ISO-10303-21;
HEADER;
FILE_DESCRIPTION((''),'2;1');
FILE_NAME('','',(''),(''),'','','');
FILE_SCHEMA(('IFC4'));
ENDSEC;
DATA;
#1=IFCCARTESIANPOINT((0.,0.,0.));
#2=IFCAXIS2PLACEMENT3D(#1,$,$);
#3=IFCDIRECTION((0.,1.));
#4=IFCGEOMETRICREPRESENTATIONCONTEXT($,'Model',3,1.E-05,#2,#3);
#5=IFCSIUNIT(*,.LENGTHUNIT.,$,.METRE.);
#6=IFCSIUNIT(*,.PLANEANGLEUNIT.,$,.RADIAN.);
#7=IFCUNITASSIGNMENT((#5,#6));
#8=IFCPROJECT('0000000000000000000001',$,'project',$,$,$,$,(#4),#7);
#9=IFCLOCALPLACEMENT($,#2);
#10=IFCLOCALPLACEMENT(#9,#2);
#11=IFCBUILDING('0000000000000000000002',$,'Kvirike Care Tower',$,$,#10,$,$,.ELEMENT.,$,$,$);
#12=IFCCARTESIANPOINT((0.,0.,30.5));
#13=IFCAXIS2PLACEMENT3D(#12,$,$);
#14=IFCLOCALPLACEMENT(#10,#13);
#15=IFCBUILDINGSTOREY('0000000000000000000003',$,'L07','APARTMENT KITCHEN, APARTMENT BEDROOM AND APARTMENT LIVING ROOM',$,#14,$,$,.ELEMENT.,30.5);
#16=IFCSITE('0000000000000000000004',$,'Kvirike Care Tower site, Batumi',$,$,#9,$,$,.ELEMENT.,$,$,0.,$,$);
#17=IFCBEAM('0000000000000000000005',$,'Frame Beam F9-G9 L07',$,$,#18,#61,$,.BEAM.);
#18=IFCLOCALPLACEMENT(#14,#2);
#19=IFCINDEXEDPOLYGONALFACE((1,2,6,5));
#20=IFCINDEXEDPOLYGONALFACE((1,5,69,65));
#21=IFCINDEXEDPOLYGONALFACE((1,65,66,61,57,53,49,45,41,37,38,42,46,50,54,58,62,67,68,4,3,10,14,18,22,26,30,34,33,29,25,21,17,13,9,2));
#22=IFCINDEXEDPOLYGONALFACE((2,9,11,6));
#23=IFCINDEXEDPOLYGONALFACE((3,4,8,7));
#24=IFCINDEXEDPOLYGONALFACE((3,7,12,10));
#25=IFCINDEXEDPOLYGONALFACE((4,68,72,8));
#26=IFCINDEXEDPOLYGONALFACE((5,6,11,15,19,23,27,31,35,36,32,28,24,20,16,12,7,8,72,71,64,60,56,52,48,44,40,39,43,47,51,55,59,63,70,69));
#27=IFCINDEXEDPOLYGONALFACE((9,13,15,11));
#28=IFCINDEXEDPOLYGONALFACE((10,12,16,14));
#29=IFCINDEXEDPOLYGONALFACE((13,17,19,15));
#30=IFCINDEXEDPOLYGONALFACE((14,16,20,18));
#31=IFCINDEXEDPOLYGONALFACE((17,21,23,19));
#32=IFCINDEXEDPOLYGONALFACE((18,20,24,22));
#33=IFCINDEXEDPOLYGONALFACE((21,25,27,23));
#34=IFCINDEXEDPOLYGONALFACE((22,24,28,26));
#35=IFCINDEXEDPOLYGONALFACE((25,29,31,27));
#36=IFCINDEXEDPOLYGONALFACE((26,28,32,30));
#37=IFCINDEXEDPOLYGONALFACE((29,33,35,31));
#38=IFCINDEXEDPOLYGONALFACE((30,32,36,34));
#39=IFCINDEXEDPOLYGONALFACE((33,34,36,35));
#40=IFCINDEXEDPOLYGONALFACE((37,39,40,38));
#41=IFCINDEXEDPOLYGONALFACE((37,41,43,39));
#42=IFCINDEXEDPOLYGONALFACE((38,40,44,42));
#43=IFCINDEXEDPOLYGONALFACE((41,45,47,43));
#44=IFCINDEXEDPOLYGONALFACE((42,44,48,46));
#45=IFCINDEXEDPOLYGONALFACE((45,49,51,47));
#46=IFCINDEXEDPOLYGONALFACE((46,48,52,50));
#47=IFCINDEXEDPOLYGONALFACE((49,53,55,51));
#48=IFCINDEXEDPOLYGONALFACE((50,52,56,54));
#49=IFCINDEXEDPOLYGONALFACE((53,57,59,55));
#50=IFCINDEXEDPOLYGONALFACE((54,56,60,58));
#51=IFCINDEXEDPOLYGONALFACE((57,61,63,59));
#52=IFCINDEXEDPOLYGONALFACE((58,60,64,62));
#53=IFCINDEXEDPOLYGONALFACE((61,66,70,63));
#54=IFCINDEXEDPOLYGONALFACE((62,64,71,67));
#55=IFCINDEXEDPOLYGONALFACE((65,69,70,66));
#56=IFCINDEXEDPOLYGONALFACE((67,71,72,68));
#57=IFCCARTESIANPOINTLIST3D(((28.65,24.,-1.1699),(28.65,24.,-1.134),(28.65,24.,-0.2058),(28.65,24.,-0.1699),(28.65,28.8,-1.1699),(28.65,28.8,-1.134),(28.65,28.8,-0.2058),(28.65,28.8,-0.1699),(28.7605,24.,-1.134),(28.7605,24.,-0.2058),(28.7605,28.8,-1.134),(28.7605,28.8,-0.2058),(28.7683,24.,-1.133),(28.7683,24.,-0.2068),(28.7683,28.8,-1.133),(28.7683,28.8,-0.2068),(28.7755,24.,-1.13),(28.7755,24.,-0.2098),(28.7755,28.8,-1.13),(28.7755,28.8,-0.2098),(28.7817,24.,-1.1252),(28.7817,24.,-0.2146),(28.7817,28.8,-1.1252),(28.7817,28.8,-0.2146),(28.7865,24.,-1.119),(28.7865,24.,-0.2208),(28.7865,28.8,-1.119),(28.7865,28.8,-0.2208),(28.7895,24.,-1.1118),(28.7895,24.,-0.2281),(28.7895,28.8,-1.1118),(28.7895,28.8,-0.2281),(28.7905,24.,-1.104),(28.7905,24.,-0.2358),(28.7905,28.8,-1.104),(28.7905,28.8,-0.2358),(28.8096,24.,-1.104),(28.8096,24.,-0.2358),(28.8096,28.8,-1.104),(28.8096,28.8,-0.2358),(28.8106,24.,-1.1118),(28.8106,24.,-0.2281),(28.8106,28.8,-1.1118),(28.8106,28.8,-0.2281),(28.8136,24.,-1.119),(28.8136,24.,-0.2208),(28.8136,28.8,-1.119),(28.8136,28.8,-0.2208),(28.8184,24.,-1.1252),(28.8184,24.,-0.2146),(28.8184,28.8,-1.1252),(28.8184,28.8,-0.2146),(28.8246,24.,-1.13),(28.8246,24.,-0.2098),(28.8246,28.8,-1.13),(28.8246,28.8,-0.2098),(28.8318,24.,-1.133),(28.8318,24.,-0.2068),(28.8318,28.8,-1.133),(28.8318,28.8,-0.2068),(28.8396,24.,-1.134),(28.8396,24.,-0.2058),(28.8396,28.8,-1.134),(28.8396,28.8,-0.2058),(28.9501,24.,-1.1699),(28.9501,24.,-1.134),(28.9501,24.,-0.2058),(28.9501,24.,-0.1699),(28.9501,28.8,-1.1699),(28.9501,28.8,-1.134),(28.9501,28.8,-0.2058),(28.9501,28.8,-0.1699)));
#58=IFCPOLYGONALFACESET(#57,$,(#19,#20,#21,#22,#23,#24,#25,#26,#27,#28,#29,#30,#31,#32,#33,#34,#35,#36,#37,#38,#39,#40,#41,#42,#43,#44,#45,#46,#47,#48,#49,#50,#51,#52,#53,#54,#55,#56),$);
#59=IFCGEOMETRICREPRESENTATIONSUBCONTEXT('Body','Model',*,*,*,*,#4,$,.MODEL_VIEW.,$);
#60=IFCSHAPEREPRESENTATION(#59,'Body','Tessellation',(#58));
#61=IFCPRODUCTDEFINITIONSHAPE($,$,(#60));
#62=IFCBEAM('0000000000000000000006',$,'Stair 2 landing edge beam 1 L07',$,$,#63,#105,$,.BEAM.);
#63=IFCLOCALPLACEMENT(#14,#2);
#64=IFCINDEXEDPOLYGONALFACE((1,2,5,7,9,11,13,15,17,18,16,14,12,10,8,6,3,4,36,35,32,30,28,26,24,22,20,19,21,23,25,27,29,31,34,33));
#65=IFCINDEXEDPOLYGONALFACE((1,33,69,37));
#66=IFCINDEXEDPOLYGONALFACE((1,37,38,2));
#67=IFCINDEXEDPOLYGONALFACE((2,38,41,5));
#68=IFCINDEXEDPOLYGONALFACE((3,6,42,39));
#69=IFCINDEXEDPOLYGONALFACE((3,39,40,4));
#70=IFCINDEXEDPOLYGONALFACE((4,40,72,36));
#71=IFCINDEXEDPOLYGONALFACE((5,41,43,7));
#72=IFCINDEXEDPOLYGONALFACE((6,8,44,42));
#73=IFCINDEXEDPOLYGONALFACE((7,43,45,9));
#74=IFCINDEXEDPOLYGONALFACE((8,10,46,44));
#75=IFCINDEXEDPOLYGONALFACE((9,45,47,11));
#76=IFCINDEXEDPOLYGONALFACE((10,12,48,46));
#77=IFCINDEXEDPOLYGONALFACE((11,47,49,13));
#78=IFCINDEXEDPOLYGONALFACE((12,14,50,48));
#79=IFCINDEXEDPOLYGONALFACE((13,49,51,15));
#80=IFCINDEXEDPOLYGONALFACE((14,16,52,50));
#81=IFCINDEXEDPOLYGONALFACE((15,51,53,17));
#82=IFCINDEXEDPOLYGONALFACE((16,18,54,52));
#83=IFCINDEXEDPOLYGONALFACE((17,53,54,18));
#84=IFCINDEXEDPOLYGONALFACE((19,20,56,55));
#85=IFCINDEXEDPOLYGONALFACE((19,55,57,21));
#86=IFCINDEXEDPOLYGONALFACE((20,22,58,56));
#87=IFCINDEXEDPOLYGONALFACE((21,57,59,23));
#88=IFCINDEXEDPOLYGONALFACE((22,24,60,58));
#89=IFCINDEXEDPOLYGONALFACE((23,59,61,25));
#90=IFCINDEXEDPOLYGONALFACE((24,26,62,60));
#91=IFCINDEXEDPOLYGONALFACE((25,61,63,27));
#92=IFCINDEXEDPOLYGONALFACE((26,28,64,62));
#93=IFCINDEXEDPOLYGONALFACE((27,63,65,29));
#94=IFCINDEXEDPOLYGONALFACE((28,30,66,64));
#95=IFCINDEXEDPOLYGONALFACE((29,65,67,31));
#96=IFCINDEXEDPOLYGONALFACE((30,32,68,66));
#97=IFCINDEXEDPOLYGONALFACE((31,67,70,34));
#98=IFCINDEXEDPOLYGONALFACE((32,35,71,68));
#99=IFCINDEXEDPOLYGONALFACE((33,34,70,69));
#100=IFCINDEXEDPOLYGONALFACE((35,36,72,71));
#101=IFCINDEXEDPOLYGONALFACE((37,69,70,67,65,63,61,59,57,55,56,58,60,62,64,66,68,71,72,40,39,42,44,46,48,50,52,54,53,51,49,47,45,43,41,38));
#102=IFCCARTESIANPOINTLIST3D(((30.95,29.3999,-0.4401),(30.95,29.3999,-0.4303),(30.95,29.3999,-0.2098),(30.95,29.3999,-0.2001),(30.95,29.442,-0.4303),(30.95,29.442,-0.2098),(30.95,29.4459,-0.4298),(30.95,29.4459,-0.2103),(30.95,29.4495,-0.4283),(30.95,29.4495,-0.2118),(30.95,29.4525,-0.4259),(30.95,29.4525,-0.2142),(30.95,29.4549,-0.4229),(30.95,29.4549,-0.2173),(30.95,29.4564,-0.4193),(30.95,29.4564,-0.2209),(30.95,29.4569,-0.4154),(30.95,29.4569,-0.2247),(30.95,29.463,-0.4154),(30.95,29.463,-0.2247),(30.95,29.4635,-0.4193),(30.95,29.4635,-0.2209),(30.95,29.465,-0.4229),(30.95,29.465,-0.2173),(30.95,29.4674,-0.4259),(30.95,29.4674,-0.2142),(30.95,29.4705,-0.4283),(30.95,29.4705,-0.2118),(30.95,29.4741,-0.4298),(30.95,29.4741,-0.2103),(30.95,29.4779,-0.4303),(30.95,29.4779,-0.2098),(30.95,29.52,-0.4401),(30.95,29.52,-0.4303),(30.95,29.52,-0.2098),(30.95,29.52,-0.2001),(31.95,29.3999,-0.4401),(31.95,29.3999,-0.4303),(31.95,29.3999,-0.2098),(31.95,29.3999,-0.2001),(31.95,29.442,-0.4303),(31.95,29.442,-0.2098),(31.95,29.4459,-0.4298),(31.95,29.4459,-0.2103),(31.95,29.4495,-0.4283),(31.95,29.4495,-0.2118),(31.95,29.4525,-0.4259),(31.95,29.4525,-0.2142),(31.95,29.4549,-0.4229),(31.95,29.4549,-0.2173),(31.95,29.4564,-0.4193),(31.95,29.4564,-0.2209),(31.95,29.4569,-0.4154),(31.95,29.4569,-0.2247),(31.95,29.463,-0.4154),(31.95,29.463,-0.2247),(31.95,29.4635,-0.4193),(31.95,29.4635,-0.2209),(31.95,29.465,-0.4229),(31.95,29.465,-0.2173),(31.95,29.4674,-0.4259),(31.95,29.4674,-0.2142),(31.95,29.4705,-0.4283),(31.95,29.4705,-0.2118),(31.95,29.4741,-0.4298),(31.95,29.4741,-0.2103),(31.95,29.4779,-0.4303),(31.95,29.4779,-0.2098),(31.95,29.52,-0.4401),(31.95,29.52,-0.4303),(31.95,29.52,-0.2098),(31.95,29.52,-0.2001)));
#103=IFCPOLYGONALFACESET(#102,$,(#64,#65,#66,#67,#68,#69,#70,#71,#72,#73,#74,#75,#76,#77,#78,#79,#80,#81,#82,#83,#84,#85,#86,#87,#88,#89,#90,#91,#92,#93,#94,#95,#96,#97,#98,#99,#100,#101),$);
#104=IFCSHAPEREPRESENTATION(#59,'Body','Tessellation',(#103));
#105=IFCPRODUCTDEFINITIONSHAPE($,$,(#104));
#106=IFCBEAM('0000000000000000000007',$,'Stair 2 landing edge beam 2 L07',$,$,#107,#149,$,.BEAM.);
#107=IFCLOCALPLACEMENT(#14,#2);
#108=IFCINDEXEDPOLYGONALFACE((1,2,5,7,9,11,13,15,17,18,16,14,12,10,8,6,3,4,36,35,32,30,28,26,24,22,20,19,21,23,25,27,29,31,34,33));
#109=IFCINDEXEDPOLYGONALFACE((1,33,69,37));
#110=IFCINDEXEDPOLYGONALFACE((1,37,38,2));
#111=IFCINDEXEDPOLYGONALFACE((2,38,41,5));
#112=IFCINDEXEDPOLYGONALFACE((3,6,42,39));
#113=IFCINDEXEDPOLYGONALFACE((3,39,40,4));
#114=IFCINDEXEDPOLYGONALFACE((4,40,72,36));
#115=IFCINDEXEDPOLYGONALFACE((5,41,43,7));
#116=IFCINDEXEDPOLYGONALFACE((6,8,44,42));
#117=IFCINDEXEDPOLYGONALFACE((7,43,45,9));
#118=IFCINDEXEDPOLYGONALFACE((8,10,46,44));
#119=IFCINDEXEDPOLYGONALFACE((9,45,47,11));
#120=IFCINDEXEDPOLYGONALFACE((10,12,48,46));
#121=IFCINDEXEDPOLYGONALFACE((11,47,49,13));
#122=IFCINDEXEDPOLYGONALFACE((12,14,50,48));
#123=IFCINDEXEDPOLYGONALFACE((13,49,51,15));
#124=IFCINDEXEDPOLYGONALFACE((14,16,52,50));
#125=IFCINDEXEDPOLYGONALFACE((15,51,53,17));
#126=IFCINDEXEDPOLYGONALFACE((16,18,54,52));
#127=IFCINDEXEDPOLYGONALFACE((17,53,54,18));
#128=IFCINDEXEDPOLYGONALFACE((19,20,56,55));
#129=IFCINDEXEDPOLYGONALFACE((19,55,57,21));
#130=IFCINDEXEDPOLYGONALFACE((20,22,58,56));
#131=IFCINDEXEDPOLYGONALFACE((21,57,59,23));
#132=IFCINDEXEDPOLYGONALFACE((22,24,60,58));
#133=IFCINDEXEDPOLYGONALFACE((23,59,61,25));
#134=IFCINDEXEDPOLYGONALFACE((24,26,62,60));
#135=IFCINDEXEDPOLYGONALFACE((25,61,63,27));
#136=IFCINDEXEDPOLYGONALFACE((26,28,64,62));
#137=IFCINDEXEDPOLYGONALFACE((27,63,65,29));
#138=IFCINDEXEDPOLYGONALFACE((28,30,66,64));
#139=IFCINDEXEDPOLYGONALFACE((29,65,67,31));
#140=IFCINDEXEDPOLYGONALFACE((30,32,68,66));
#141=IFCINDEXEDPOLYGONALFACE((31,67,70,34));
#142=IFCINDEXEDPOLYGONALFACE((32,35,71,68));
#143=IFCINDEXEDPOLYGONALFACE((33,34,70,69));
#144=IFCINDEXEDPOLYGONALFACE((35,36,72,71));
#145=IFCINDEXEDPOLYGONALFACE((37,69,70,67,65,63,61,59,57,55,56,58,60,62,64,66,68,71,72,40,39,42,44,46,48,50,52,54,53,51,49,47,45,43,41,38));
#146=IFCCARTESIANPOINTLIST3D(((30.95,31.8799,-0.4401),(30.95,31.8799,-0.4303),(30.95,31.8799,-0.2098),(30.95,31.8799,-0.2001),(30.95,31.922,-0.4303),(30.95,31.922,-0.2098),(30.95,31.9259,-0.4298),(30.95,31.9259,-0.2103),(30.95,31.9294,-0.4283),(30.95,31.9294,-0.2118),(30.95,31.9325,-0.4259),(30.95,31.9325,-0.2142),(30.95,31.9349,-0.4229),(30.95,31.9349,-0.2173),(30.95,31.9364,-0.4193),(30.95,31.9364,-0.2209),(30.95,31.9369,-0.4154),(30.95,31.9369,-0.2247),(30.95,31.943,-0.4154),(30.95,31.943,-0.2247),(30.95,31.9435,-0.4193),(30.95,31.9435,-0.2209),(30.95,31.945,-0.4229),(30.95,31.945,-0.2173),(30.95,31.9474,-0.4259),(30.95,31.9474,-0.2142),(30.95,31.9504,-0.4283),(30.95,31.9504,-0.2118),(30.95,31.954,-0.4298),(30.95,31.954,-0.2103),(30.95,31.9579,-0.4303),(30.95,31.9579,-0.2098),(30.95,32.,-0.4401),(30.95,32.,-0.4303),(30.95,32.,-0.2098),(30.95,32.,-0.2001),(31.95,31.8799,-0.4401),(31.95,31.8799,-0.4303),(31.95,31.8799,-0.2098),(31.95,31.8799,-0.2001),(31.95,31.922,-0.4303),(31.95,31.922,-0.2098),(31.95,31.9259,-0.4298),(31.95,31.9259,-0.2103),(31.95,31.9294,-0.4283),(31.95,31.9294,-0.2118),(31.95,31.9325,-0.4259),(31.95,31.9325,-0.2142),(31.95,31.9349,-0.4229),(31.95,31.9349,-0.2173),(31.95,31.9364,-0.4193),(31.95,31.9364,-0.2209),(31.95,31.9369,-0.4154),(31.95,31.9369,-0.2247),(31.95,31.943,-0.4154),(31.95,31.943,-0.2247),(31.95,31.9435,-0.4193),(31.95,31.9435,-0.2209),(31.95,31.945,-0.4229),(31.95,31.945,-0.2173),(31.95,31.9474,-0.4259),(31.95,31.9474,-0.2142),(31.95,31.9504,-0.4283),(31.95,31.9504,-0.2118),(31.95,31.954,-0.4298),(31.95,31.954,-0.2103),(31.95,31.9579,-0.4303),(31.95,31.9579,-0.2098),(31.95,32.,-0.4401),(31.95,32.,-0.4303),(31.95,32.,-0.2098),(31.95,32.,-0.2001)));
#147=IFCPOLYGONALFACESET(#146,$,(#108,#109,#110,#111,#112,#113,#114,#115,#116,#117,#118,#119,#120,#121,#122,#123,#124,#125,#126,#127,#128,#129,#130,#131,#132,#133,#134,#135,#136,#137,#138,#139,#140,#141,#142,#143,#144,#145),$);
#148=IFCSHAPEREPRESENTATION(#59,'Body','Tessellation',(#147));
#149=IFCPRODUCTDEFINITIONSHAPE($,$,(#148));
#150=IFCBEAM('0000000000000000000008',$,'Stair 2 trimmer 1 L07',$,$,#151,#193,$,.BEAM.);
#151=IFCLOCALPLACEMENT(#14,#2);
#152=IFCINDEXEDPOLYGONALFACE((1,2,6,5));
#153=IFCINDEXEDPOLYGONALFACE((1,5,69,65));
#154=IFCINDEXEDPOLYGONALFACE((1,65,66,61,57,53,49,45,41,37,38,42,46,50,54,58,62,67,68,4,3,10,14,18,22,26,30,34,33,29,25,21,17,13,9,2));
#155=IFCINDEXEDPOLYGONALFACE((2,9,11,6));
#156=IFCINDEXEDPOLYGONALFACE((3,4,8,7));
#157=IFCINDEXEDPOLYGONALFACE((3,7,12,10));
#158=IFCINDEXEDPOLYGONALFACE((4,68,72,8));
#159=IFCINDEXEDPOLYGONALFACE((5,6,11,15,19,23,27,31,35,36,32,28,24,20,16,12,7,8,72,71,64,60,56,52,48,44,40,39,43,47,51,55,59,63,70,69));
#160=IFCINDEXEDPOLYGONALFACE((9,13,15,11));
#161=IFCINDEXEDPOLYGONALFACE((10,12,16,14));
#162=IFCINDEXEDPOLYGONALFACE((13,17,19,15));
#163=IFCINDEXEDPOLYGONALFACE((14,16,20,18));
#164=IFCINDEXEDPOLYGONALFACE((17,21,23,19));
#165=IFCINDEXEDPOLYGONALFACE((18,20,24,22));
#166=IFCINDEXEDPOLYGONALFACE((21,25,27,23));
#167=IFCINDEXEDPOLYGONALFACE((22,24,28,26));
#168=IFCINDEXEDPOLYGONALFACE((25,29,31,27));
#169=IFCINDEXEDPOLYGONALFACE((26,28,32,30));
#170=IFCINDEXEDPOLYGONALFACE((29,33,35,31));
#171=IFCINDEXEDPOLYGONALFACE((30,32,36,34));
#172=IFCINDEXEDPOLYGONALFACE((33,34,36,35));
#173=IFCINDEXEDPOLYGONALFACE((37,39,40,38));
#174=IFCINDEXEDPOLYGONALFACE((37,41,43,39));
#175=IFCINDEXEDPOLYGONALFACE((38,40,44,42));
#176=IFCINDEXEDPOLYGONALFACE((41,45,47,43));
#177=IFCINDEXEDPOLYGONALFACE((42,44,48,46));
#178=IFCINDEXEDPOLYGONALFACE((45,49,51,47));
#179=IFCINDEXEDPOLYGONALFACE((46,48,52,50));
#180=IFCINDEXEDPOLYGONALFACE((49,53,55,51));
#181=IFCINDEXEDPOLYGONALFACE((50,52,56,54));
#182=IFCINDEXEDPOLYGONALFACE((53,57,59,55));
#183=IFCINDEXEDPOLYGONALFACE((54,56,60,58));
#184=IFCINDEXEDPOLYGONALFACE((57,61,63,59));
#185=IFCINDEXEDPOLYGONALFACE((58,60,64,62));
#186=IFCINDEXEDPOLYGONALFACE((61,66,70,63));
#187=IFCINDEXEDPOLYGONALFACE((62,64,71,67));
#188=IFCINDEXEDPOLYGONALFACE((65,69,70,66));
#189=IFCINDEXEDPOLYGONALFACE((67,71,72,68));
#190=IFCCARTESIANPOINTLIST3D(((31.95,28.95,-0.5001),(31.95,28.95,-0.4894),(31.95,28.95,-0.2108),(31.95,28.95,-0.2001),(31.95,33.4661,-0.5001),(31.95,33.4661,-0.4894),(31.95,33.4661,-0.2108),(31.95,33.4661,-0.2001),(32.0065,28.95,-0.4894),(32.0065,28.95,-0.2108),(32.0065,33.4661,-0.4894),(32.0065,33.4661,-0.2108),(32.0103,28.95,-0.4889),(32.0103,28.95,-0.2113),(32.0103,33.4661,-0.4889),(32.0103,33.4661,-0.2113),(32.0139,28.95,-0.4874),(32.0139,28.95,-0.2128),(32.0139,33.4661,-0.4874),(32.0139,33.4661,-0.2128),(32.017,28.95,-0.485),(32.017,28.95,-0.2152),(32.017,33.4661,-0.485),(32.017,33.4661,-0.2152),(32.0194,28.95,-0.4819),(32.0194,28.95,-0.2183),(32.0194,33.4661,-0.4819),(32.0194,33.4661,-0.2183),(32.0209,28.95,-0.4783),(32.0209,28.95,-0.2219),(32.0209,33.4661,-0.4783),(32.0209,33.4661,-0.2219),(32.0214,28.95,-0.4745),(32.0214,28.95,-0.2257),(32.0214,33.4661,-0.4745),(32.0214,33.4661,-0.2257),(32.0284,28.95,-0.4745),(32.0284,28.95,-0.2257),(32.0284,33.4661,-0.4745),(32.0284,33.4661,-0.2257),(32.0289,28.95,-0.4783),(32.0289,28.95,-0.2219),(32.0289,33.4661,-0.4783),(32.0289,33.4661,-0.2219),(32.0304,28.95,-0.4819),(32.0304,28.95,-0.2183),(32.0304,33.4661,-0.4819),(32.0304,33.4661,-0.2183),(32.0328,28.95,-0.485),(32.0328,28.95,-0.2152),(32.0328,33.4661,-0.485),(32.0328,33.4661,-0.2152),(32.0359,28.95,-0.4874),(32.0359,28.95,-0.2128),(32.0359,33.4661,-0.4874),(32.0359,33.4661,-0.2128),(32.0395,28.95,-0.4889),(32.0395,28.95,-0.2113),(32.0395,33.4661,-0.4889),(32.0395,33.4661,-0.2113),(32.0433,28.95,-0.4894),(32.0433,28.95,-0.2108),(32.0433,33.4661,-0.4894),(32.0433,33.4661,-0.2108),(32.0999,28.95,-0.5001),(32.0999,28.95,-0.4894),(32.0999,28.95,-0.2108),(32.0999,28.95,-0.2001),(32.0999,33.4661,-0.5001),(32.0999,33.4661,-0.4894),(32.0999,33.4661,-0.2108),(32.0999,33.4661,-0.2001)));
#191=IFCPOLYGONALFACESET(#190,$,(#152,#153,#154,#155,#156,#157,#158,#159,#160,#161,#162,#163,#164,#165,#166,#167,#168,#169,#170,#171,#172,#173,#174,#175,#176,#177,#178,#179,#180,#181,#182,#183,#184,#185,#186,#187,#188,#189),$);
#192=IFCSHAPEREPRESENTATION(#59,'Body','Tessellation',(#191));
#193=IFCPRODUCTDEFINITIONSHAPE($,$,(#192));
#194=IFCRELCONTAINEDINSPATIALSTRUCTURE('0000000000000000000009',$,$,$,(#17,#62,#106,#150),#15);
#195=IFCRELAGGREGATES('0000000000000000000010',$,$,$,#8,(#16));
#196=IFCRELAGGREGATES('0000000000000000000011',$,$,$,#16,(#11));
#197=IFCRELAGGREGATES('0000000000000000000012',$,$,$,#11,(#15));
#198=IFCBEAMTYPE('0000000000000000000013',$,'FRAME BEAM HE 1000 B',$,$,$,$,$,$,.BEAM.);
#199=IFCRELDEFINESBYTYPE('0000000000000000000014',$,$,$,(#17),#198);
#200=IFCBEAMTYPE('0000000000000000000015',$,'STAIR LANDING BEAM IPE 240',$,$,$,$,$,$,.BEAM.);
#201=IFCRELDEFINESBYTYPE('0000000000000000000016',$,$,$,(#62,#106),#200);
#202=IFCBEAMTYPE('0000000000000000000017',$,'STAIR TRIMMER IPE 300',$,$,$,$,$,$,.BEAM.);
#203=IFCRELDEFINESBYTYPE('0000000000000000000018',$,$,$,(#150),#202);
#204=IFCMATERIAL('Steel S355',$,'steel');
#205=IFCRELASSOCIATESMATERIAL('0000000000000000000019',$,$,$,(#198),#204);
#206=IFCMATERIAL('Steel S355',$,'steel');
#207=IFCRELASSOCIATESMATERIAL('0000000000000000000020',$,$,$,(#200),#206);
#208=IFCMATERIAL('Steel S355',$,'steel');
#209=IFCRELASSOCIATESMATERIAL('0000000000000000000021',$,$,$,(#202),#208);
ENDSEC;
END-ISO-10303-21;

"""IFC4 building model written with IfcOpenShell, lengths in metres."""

from ifc_helpers import new_model, si_unit, direction, frame, origin, origin_2d, place, context, subcontext, project, spatial, i_section, extrude, material, material_profile, profile_set, type_object, element, save


model = new_model("IFC4")

# Units and contexts
model_context = context("Model", 3, precision=1e-05, world=origin(), true_north=direction((0.0, 1.0)))
body_context = subcontext(model_context, "Body", "Model", "MODEL_VIEW")
ifc_project = project(units=[si_unit("LENGTHUNIT", "METRE"), si_unit("PLANEANGLEUNIT", "RADIAN")], contexts=[model_context])

# Site, building, storey
site_placement = place(None, origin())
site = spatial("IfcSite", under=ifc_project, at=site_placement, Name="Kvirike Care Tower site, Batumi", CompositionType="ELEMENT", RefElevation=0.0)
building_placement = place(site_placement, origin())
building = spatial("IfcBuilding", under=site, at=building_placement, Name="Kvirike Care Tower", CompositionType="ELEMENT")
storey_placement = place(building_placement, frame((0.0, 0.0, 30.5)))
storey = spatial("IfcBuildingStorey", under=building, at=storey_placement, Name="L07", Description="APARTMENT KITCHEN, APARTMENT BEDROOM AND APARTMENT LIVING ROOM", CompositionType="ELEMENT", Elevation=30.5)

# Beams
ifc_material_1 = material(Name="Steel S355", Category="steel")
ifc_material_profile_1 = material_profile(ifc_material_1, i_section(OverallWidth=0.3, OverallDepth=1.0, WebThickness=0.019, FlangeThickness=0.0359, FilletRadius=0.03, at=origin_2d()), Name="HE 1000 B")
ifc_profile_set_1 = profile_set([ifc_material_profile_1], Name="Steel S355")
beam_type_1 = type_object("IfcBeamType", Name="FRAME BEAM HE 1000 B", PredefinedType="BEAM", material=ifc_profile_set_1)
for number, where, z_axis, x_axis, name in (
    (1, (28.8, 24.0, -0.6699), (0.0, 1.0, 0.0), (-1.0, 0.0, 0.0), "Frame Beam F9-G9 L07"),
):
    element("IfcBeam", number, at=place(storey_placement, frame(where, z_axis=z_axis, x_axis=x_axis)), inside=storey, type_object=beam_type_1, Name=name, PredefinedType="BEAM", context=body_context, shape_type="SweptSolid", body=[
        extrude(i_section(OverallWidth=0.3, OverallDepth=1.0, WebThickness=0.019, FlangeThickness=0.0359, FilletRadius=0.03, at=origin_2d()), origin(), (0.0, 0.0, 1.0), 4.8),
    ])
ifc_material_2 = material(Name="Steel S355", Category="steel")
ifc_material_profile_2 = material_profile(ifc_material_2, i_section(OverallWidth=0.1201, OverallDepth=0.24, WebThickness=0.0061, FlangeThickness=0.0098, FilletRadius=0.0149, at=origin_2d()), Name="IPE 240")
ifc_profile_set_2 = profile_set([ifc_material_profile_2], Name="Steel S355")
beam_type_2 = type_object("IfcBeamType", Name="STAIR LANDING BEAM IPE 240", PredefinedType="BEAM", material=ifc_profile_set_2)
for number, where, z_axis, x_axis, name in (
    (2, (31.95, 29.46, -0.3201), (-1.0, 0.0, 0.0), (0.0, -1.0, 0.0), "Stair 2 landing edge beam 1 L07"),
    (3, (31.95, 31.9399, -0.3201), (-1.0, 0.0, 0.0), (0.0, -1.0, 0.0), "Stair 2 landing edge beam 2 L07"),
):
    element("IfcBeam", number, at=place(storey_placement, frame(where, z_axis=z_axis, x_axis=x_axis)), inside=storey, type_object=beam_type_2, Name=name, PredefinedType="BEAM", context=body_context, shape_type="SweptSolid", body=[
        extrude(i_section(OverallWidth=0.1201, OverallDepth=0.24, WebThickness=0.0061, FlangeThickness=0.0098, FilletRadius=0.0149, at=origin_2d()), origin(), (0.0, 0.0, 1.0), 1.0),
    ])
ifc_material_3 = material(Name="Steel S355", Category="steel")
ifc_material_profile_3 = material_profile(ifc_material_3, i_section(OverallWidth=0.1499, OverallDepth=0.3, WebThickness=0.0071, FlangeThickness=0.0107, FilletRadius=0.0149, at=origin_2d()), Name="IPE 300")
ifc_profile_set_3 = profile_set([ifc_material_profile_3], Name="Steel S355")
beam_type_3 = type_object("IfcBeamType", Name="STAIR TRIMMER IPE 300", PredefinedType="BEAM", material=ifc_profile_set_3)
for number, where, z_axis, x_axis, name in (
    (4, (32.0249, 28.95, -0.3501), (0.0, 1.0, 0.0), (-1.0, 0.0, 0.0), "Stair 2 trimmer 1 L07"),
):
    element("IfcBeam", number, at=place(storey_placement, frame(where, z_axis=z_axis, x_axis=x_axis)), inside=storey, type_object=beam_type_3, Name=name, PredefinedType="BEAM", context=body_context, shape_type="SweptSolid", body=[
        extrude(i_section(OverallWidth=0.1499, OverallDepth=0.3, WebThickness=0.0071, FlangeThickness=0.0107, FilletRadius=0.0149, at=origin_2d()), origin(), (0.0, 0.0, 1.0), 4.5161),
    ])

save(model, "model.ifc")
